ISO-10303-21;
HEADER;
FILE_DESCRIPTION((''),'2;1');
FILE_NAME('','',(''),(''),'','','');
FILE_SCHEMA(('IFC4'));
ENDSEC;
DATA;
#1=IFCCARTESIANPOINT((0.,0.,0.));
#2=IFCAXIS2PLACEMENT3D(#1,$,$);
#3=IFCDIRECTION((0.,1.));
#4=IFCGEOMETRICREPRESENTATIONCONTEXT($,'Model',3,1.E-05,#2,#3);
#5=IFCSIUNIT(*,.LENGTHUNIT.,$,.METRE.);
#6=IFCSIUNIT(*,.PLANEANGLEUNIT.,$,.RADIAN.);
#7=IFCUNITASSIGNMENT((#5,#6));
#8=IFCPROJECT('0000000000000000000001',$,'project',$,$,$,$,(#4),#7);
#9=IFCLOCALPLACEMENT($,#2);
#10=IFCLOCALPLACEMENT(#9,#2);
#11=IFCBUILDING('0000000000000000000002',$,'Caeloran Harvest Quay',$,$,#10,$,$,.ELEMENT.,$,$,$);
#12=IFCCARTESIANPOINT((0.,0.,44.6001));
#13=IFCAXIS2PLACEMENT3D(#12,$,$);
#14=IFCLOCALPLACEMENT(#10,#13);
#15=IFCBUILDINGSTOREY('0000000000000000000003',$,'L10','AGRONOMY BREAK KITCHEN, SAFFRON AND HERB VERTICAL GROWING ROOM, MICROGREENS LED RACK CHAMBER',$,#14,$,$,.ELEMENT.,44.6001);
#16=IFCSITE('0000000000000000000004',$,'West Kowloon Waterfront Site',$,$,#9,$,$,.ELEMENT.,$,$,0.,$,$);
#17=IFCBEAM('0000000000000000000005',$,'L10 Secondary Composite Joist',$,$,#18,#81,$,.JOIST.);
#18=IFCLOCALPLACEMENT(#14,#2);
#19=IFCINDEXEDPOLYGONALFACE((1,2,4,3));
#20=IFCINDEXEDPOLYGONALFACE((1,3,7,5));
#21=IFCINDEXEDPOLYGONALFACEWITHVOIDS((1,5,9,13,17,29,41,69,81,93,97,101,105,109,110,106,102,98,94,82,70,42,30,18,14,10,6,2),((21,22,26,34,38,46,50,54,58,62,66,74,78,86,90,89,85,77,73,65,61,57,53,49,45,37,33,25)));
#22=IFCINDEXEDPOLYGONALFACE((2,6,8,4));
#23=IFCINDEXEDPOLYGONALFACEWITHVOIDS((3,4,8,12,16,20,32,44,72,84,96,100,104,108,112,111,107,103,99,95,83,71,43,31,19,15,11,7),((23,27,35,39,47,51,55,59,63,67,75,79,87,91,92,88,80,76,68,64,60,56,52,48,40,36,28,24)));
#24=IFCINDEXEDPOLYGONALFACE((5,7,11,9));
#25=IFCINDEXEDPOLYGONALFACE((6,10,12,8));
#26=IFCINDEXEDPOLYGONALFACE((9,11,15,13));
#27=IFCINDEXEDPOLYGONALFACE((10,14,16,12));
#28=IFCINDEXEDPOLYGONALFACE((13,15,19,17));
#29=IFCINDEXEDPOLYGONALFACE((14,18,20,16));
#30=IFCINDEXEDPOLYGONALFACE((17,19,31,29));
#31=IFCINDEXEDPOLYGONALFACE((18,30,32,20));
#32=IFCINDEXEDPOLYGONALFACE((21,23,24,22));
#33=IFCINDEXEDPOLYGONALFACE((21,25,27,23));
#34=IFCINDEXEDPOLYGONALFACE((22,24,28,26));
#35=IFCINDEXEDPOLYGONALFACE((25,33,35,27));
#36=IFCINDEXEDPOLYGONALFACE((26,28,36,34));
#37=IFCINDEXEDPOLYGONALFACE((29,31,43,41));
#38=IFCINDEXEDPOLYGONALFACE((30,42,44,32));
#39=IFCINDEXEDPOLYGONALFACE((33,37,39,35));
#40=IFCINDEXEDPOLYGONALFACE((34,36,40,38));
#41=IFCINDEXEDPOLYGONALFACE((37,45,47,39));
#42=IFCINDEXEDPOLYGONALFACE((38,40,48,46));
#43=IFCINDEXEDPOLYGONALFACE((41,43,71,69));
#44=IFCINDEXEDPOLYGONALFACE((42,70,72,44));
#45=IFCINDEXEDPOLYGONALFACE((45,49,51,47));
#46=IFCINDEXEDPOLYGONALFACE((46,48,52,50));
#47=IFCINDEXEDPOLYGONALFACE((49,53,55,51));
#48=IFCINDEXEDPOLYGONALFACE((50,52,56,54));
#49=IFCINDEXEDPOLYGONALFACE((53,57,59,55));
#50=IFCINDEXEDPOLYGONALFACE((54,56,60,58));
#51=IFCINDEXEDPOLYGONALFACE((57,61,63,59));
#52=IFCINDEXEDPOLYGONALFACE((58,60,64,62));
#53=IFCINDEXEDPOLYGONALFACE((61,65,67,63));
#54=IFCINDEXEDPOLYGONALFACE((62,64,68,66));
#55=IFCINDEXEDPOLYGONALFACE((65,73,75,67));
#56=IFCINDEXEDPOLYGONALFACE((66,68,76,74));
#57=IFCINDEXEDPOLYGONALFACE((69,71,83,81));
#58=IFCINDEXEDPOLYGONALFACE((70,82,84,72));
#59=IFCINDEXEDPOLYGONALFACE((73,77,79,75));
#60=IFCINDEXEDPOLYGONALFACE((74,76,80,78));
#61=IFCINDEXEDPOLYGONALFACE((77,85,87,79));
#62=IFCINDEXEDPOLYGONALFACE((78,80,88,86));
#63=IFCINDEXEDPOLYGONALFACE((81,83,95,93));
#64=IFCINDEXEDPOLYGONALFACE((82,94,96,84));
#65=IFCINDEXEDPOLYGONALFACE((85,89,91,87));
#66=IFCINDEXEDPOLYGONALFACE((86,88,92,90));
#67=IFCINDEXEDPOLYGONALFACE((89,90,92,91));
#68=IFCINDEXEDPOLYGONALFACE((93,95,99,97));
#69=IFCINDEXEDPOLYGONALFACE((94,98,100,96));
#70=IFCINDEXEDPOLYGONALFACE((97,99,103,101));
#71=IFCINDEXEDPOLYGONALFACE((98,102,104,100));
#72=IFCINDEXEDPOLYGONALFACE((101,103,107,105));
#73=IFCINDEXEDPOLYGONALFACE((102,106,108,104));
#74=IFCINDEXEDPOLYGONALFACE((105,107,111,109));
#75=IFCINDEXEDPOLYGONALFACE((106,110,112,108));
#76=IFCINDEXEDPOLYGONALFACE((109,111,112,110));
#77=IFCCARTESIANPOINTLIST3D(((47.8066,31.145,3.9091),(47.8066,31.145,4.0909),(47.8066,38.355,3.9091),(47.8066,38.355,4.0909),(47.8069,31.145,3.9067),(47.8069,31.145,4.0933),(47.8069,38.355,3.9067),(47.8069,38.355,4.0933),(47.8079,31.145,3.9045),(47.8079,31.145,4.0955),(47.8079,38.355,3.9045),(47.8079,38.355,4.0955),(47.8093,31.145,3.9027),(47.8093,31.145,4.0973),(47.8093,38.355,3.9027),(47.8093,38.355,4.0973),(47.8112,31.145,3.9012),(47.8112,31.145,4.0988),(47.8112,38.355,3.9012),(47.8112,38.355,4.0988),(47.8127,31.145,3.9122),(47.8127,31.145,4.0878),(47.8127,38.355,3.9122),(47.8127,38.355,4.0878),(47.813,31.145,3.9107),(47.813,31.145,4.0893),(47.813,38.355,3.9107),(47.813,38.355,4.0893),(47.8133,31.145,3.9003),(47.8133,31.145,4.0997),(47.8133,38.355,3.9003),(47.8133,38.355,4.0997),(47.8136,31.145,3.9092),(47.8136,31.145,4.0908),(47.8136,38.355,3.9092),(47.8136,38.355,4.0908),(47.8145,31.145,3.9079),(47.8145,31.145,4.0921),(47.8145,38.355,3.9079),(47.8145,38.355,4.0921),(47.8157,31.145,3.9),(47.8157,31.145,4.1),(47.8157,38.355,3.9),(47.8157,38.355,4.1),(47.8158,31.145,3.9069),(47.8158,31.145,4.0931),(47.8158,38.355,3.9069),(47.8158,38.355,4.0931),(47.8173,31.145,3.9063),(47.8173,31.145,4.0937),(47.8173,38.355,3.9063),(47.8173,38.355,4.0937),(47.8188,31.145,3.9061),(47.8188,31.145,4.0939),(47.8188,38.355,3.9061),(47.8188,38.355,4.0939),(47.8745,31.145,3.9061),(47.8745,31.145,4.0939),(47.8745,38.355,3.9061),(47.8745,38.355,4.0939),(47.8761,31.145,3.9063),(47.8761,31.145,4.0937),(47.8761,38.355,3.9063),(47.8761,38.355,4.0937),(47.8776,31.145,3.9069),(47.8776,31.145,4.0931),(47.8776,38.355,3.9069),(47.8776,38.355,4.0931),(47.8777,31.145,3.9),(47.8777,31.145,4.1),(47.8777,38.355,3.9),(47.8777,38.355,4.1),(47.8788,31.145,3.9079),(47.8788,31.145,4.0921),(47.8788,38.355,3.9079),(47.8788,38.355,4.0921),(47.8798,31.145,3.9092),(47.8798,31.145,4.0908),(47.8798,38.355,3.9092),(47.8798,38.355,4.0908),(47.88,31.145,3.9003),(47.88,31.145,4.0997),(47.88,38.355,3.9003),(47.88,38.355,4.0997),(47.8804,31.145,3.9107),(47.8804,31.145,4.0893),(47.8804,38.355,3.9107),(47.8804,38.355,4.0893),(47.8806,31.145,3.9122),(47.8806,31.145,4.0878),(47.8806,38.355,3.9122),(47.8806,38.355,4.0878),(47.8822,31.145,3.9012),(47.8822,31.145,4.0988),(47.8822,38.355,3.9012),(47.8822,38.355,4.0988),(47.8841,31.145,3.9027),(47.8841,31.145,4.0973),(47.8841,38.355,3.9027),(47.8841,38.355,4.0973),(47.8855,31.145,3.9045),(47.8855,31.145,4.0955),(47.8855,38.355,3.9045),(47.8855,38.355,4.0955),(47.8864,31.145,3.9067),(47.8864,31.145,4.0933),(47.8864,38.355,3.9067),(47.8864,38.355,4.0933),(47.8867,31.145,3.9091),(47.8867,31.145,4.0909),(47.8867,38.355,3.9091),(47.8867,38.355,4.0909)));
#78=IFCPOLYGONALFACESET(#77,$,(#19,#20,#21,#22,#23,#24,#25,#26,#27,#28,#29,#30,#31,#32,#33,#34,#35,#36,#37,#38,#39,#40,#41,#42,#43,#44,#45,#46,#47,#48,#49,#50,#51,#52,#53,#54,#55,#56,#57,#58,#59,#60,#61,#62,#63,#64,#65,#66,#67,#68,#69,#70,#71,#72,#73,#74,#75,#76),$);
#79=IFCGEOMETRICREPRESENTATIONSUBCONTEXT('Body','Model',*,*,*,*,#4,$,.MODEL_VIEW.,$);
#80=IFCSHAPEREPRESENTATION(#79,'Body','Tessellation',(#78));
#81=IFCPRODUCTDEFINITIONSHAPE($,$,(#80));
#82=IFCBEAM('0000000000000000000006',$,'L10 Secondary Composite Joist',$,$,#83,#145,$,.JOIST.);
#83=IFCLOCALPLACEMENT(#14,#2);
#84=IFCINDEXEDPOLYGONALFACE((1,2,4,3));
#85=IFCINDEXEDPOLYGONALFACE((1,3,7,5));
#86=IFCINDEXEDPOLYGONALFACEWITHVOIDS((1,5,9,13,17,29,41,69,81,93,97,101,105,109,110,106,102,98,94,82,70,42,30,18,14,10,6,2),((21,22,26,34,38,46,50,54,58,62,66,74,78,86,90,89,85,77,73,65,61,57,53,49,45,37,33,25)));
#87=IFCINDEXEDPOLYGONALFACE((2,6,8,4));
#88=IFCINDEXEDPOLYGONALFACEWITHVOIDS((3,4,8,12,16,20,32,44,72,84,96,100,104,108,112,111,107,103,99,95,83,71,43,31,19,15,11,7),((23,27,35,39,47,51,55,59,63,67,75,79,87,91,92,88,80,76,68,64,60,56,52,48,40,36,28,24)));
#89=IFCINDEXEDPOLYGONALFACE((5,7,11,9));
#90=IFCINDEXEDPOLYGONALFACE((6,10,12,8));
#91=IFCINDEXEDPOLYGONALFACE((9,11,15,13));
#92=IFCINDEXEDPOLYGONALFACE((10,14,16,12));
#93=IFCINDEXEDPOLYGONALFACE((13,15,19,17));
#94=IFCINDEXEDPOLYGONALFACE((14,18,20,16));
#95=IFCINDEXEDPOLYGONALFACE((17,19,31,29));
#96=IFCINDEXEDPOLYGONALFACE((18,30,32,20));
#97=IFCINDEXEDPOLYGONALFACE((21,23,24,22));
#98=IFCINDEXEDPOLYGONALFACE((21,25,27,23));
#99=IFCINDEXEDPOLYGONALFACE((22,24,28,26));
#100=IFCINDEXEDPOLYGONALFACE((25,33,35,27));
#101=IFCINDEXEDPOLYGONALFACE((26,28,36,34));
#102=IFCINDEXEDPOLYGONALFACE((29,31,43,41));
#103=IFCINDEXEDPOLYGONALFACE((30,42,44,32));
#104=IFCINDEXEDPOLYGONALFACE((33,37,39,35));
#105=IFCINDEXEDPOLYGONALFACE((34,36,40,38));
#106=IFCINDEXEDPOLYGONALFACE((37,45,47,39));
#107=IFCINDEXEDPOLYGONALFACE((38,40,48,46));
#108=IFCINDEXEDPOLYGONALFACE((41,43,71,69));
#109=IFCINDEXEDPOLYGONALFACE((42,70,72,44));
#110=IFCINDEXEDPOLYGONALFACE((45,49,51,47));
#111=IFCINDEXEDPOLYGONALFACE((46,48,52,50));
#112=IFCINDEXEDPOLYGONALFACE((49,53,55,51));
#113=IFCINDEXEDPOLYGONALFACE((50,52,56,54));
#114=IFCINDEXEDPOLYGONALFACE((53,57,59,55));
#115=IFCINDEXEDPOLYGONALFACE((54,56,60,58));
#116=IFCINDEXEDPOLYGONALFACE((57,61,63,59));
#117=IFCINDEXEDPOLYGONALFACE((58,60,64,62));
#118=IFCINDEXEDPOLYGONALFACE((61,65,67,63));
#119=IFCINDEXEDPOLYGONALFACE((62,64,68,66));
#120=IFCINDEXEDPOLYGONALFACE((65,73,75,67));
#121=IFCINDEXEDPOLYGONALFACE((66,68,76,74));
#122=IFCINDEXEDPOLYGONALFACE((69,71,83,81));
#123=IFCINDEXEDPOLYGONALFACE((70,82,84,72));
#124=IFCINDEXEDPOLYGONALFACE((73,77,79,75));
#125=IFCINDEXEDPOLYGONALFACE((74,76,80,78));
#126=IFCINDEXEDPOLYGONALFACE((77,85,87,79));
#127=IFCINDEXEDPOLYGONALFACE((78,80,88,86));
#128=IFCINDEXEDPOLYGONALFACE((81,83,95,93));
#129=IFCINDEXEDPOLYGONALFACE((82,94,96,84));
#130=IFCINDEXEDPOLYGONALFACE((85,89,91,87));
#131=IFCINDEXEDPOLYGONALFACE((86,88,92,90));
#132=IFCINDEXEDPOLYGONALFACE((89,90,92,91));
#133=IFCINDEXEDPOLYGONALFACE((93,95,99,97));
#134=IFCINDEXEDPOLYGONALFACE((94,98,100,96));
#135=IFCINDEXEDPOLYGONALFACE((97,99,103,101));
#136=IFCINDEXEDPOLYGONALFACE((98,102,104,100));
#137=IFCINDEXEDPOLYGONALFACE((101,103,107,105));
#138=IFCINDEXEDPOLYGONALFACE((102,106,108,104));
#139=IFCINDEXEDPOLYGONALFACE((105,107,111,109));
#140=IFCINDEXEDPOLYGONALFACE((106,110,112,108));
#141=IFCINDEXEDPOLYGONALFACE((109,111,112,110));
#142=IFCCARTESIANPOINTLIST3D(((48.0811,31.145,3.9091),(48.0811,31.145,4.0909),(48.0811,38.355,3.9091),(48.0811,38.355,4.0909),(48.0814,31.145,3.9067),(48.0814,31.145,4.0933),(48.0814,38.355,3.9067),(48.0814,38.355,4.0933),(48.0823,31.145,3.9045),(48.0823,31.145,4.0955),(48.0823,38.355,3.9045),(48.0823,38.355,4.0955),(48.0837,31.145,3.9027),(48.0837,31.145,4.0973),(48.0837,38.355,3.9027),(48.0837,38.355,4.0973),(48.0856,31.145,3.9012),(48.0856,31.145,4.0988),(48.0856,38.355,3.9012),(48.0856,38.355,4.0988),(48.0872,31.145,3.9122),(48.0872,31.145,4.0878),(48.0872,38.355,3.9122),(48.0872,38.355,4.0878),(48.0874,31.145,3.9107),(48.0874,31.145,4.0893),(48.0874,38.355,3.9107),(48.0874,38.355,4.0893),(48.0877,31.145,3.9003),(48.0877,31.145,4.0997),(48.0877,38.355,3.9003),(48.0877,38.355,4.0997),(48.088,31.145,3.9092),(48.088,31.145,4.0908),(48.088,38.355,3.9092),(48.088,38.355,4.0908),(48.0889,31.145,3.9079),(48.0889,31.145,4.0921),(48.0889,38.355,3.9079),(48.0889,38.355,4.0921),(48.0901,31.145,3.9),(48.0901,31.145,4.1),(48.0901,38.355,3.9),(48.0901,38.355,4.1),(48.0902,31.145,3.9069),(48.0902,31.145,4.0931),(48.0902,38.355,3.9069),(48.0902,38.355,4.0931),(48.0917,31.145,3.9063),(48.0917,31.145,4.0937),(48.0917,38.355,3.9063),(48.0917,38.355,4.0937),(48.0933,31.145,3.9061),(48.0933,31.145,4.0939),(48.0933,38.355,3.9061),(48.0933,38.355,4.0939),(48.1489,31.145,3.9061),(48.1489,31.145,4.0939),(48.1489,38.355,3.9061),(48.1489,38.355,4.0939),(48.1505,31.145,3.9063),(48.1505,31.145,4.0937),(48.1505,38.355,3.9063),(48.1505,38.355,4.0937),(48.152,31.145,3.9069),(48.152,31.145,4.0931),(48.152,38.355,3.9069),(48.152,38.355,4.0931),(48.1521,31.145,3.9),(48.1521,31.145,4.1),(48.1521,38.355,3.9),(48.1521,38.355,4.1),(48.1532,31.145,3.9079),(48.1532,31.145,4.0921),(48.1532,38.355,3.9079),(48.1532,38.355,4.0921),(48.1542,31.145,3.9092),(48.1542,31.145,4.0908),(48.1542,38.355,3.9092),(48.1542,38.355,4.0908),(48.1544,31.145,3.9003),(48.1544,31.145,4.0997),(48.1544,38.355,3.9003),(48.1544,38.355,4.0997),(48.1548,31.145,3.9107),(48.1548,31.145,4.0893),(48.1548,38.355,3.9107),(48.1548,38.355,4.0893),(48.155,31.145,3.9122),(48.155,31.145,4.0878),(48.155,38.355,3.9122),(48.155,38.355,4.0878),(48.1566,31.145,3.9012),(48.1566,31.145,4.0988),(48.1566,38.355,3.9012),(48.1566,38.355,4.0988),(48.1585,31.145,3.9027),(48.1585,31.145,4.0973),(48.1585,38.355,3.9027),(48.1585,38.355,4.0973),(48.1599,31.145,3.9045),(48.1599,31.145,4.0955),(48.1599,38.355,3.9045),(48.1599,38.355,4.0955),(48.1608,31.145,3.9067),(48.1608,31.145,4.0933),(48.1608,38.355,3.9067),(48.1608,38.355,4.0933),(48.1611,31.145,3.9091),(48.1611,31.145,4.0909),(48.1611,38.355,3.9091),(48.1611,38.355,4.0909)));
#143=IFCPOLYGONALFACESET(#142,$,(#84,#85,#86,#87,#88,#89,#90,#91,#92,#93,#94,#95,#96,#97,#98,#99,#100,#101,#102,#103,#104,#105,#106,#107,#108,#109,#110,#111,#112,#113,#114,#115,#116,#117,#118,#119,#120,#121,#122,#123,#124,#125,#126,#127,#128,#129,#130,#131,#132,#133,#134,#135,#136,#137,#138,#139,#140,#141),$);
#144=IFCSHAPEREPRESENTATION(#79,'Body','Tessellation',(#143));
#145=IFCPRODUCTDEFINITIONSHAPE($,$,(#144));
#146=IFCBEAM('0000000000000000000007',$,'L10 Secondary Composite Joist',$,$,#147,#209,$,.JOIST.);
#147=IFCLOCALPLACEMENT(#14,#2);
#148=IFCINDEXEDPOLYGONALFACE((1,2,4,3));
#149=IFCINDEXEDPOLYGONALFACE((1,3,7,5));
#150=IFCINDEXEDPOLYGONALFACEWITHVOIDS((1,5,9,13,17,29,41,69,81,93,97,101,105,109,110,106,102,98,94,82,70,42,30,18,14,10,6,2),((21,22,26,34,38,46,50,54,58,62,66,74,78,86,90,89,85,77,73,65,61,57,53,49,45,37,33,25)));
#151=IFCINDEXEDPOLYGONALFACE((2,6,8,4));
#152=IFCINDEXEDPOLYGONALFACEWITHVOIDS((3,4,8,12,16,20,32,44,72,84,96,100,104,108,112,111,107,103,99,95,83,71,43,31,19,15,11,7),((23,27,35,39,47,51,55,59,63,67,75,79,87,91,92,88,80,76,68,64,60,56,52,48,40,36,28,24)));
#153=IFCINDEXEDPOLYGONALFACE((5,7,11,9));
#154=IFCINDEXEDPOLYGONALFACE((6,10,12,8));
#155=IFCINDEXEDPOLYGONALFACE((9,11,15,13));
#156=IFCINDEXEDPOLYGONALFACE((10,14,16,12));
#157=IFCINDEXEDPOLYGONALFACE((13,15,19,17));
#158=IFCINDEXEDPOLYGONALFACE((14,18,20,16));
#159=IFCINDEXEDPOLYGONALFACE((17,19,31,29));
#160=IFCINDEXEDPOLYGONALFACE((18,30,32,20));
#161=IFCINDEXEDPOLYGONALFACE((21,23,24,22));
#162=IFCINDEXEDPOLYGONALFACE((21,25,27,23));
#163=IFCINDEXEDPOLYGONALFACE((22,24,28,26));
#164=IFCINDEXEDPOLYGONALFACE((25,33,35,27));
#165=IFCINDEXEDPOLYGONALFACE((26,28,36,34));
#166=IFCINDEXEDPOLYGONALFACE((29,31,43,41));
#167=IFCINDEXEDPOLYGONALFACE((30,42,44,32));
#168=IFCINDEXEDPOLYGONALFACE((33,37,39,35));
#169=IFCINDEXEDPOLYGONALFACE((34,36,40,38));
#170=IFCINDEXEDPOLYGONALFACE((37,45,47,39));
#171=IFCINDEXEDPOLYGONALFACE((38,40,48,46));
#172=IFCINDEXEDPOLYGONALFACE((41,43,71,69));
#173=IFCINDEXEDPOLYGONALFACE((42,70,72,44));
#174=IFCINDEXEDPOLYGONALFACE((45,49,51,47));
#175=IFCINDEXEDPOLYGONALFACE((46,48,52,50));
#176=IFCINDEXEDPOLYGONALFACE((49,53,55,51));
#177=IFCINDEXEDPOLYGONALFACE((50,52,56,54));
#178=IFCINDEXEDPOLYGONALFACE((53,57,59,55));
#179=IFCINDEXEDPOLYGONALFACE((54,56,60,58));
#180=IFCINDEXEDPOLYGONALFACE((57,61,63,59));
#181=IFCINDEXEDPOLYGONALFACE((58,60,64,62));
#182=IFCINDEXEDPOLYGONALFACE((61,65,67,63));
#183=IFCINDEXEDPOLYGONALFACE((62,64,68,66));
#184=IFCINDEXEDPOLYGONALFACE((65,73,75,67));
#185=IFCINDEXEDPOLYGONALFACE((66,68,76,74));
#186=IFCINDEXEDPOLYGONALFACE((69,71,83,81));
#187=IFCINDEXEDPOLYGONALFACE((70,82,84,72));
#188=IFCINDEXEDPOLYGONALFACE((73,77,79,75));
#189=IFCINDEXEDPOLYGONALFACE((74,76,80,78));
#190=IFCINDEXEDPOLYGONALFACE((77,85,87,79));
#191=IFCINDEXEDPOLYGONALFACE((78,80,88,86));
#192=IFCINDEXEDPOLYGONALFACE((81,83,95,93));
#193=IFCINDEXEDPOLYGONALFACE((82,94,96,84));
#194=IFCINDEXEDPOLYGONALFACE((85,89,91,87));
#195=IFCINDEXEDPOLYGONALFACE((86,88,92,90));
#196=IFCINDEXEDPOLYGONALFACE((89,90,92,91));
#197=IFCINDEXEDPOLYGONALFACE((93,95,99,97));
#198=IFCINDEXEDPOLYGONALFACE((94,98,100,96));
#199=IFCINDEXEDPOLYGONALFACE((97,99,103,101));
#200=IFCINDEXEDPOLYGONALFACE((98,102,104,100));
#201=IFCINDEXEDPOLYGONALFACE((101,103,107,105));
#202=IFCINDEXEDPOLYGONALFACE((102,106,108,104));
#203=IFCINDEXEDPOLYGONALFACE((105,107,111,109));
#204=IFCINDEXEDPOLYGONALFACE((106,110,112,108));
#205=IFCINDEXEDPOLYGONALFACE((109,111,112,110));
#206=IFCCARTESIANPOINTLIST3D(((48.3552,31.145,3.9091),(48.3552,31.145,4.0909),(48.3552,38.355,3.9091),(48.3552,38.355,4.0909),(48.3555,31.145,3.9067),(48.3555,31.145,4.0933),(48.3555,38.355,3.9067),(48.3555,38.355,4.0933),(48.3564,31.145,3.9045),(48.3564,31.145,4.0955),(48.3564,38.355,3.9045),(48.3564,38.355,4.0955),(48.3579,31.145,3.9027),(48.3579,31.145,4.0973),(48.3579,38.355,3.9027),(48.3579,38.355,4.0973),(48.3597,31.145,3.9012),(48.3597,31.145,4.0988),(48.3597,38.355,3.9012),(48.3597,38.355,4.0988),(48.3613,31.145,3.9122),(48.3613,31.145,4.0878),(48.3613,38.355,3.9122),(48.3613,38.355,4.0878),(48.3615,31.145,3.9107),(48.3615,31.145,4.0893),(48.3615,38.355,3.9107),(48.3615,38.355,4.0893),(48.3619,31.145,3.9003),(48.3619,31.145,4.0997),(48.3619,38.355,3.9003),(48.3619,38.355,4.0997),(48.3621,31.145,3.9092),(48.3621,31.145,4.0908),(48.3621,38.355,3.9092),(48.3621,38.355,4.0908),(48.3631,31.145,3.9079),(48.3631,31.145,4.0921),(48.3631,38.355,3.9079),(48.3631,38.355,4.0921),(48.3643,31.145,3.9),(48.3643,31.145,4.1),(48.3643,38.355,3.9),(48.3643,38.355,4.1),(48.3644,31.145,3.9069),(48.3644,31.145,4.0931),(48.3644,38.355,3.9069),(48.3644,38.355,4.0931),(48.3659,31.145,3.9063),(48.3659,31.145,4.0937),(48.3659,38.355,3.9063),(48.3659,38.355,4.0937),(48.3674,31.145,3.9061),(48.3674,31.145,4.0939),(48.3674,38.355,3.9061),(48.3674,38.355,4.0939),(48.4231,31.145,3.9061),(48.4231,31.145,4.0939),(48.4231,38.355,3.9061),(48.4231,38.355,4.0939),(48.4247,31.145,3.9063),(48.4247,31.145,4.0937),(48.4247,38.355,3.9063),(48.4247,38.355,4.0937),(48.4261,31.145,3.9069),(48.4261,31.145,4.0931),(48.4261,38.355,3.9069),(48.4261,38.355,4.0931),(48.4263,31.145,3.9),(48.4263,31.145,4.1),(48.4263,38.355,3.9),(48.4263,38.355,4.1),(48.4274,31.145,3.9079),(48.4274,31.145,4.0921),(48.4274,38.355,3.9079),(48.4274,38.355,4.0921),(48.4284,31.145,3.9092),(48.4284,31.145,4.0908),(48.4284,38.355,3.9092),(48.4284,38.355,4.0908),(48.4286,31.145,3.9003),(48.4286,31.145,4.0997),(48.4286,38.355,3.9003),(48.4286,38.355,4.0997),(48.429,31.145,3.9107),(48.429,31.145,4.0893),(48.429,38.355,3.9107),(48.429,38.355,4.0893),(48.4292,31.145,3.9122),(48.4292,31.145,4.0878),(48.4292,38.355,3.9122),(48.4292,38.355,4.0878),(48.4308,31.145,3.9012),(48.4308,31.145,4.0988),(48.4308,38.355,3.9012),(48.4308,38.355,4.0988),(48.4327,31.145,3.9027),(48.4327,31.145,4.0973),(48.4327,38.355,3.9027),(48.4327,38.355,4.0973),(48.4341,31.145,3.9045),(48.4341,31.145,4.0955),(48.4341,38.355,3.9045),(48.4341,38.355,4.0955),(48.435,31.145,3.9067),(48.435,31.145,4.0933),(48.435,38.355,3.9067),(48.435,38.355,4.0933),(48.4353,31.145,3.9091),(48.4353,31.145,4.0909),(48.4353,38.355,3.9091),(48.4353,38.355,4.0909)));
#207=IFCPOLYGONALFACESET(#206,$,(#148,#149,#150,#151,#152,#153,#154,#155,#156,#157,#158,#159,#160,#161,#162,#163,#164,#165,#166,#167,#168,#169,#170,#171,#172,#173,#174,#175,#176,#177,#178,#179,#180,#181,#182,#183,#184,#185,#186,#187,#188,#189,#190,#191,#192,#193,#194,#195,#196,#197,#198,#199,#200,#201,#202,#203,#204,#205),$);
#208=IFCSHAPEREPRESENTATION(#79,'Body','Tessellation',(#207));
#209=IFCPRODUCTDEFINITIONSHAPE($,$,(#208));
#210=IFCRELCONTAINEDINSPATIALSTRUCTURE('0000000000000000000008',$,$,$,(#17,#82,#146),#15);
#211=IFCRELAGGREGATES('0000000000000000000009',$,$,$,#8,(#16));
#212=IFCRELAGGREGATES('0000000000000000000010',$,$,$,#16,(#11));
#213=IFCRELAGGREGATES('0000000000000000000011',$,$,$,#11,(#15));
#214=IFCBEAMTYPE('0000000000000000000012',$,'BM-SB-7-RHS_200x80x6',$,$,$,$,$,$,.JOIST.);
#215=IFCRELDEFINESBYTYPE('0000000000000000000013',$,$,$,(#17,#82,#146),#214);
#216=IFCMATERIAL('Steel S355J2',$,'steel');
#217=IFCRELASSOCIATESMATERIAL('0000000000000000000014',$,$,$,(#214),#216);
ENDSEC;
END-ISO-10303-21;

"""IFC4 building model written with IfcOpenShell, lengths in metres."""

from ifc_helpers import new_model, si_unit, direction, frame, origin, origin_2d, place, context, subcontext, project, spatial, hollow_rectangle, extrude, material, material_profile, profile_set, type_object, element, save


model = new_model("IFC4")

# Units and contexts
model_context = context("Model", 3, precision=1e-05, world=origin(), true_north=direction((0.0, 1.0)))
body_context = subcontext(model_context, "Body", "Model", "MODEL_VIEW")
ifc_project = project(units=[si_unit("LENGTHUNIT", "METRE"), si_unit("PLANEANGLEUNIT", "RADIAN")], contexts=[model_context])

# Site, building, storey
site_placement = place(None, origin())
site = spatial("IfcSite", under=ifc_project, at=site_placement, Name="West Kowloon Waterfront Site", CompositionType="ELEMENT", RefElevation=0.0)
building_placement = place(site_placement, origin())
building = spatial("IfcBuilding", under=site, at=building_placement, Name="Caeloran Harvest Quay", CompositionType="ELEMENT")
storey_placement = place(building_placement, frame((0.0, 0.0, 44.6001)))
storey = spatial("IfcBuildingStorey", under=building, at=storey_placement, Name="L10", Description="AGRONOMY BREAK KITCHEN, SAFFRON AND HERB VERTICAL GROWING ROOM, MICROGREENS LED RACK CHAMBER", CompositionType="ELEMENT", Elevation=44.6001)

# Beams
ifc_material_1 = material(Name="Steel S355J2", Category="steel")
ifc_material_profile_1 = material_profile(ifc_material_1, hollow_rectangle(XDim=0.0801, YDim=0.2, WallThickness=0.0061, InnerFilletRadius=0.0061, OuterFilletRadius=0.009, at=origin_2d()), Name="RHS 200x80x6")
ifc_profile_set_1 = profile_set([ifc_material_profile_1], Name="Steel S355J2")
beam_type_1 = type_object("IfcBeamType", Name="BM-SB-7-RHS_200x80x6", PredefinedType="JOIST", material=ifc_profile_set_1)
for number, where, z_axis, x_axis, name in (
    (1, (47.8467, 31.145, 4.0), (0.0, 1.0, 0.0), (-1.0, 0.0, 0.0), "L10 Secondary Composite Joist"),
    (2, (48.1211, 31.145, 4.0), (0.0, 1.0, 0.0), (-1.0, 0.0, 0.0), "L10 Secondary Composite Joist"),
    (3, (48.3953, 31.145, 4.0), (0.0, 1.0, 0.0), (-1.0, 0.0, 0.0), "L10 Secondary Composite Joist"),
):
    element("IfcBeam", number, at=place(storey_placement, frame(where, z_axis=z_axis, x_axis=x_axis)), inside=storey, type_object=beam_type_1, Name=name, PredefinedType="JOIST", context=body_context, shape_type="SweptSolid", body=[
        extrude(hollow_rectangle(XDim=0.0801, YDim=0.2, WallThickness=0.0061, InnerFilletRadius=0.0061, OuterFilletRadius=0.009, at=origin_2d()), origin(), (0.0, 0.0, 1.0), 7.21),
    ])

save(model, "model.ifc")
